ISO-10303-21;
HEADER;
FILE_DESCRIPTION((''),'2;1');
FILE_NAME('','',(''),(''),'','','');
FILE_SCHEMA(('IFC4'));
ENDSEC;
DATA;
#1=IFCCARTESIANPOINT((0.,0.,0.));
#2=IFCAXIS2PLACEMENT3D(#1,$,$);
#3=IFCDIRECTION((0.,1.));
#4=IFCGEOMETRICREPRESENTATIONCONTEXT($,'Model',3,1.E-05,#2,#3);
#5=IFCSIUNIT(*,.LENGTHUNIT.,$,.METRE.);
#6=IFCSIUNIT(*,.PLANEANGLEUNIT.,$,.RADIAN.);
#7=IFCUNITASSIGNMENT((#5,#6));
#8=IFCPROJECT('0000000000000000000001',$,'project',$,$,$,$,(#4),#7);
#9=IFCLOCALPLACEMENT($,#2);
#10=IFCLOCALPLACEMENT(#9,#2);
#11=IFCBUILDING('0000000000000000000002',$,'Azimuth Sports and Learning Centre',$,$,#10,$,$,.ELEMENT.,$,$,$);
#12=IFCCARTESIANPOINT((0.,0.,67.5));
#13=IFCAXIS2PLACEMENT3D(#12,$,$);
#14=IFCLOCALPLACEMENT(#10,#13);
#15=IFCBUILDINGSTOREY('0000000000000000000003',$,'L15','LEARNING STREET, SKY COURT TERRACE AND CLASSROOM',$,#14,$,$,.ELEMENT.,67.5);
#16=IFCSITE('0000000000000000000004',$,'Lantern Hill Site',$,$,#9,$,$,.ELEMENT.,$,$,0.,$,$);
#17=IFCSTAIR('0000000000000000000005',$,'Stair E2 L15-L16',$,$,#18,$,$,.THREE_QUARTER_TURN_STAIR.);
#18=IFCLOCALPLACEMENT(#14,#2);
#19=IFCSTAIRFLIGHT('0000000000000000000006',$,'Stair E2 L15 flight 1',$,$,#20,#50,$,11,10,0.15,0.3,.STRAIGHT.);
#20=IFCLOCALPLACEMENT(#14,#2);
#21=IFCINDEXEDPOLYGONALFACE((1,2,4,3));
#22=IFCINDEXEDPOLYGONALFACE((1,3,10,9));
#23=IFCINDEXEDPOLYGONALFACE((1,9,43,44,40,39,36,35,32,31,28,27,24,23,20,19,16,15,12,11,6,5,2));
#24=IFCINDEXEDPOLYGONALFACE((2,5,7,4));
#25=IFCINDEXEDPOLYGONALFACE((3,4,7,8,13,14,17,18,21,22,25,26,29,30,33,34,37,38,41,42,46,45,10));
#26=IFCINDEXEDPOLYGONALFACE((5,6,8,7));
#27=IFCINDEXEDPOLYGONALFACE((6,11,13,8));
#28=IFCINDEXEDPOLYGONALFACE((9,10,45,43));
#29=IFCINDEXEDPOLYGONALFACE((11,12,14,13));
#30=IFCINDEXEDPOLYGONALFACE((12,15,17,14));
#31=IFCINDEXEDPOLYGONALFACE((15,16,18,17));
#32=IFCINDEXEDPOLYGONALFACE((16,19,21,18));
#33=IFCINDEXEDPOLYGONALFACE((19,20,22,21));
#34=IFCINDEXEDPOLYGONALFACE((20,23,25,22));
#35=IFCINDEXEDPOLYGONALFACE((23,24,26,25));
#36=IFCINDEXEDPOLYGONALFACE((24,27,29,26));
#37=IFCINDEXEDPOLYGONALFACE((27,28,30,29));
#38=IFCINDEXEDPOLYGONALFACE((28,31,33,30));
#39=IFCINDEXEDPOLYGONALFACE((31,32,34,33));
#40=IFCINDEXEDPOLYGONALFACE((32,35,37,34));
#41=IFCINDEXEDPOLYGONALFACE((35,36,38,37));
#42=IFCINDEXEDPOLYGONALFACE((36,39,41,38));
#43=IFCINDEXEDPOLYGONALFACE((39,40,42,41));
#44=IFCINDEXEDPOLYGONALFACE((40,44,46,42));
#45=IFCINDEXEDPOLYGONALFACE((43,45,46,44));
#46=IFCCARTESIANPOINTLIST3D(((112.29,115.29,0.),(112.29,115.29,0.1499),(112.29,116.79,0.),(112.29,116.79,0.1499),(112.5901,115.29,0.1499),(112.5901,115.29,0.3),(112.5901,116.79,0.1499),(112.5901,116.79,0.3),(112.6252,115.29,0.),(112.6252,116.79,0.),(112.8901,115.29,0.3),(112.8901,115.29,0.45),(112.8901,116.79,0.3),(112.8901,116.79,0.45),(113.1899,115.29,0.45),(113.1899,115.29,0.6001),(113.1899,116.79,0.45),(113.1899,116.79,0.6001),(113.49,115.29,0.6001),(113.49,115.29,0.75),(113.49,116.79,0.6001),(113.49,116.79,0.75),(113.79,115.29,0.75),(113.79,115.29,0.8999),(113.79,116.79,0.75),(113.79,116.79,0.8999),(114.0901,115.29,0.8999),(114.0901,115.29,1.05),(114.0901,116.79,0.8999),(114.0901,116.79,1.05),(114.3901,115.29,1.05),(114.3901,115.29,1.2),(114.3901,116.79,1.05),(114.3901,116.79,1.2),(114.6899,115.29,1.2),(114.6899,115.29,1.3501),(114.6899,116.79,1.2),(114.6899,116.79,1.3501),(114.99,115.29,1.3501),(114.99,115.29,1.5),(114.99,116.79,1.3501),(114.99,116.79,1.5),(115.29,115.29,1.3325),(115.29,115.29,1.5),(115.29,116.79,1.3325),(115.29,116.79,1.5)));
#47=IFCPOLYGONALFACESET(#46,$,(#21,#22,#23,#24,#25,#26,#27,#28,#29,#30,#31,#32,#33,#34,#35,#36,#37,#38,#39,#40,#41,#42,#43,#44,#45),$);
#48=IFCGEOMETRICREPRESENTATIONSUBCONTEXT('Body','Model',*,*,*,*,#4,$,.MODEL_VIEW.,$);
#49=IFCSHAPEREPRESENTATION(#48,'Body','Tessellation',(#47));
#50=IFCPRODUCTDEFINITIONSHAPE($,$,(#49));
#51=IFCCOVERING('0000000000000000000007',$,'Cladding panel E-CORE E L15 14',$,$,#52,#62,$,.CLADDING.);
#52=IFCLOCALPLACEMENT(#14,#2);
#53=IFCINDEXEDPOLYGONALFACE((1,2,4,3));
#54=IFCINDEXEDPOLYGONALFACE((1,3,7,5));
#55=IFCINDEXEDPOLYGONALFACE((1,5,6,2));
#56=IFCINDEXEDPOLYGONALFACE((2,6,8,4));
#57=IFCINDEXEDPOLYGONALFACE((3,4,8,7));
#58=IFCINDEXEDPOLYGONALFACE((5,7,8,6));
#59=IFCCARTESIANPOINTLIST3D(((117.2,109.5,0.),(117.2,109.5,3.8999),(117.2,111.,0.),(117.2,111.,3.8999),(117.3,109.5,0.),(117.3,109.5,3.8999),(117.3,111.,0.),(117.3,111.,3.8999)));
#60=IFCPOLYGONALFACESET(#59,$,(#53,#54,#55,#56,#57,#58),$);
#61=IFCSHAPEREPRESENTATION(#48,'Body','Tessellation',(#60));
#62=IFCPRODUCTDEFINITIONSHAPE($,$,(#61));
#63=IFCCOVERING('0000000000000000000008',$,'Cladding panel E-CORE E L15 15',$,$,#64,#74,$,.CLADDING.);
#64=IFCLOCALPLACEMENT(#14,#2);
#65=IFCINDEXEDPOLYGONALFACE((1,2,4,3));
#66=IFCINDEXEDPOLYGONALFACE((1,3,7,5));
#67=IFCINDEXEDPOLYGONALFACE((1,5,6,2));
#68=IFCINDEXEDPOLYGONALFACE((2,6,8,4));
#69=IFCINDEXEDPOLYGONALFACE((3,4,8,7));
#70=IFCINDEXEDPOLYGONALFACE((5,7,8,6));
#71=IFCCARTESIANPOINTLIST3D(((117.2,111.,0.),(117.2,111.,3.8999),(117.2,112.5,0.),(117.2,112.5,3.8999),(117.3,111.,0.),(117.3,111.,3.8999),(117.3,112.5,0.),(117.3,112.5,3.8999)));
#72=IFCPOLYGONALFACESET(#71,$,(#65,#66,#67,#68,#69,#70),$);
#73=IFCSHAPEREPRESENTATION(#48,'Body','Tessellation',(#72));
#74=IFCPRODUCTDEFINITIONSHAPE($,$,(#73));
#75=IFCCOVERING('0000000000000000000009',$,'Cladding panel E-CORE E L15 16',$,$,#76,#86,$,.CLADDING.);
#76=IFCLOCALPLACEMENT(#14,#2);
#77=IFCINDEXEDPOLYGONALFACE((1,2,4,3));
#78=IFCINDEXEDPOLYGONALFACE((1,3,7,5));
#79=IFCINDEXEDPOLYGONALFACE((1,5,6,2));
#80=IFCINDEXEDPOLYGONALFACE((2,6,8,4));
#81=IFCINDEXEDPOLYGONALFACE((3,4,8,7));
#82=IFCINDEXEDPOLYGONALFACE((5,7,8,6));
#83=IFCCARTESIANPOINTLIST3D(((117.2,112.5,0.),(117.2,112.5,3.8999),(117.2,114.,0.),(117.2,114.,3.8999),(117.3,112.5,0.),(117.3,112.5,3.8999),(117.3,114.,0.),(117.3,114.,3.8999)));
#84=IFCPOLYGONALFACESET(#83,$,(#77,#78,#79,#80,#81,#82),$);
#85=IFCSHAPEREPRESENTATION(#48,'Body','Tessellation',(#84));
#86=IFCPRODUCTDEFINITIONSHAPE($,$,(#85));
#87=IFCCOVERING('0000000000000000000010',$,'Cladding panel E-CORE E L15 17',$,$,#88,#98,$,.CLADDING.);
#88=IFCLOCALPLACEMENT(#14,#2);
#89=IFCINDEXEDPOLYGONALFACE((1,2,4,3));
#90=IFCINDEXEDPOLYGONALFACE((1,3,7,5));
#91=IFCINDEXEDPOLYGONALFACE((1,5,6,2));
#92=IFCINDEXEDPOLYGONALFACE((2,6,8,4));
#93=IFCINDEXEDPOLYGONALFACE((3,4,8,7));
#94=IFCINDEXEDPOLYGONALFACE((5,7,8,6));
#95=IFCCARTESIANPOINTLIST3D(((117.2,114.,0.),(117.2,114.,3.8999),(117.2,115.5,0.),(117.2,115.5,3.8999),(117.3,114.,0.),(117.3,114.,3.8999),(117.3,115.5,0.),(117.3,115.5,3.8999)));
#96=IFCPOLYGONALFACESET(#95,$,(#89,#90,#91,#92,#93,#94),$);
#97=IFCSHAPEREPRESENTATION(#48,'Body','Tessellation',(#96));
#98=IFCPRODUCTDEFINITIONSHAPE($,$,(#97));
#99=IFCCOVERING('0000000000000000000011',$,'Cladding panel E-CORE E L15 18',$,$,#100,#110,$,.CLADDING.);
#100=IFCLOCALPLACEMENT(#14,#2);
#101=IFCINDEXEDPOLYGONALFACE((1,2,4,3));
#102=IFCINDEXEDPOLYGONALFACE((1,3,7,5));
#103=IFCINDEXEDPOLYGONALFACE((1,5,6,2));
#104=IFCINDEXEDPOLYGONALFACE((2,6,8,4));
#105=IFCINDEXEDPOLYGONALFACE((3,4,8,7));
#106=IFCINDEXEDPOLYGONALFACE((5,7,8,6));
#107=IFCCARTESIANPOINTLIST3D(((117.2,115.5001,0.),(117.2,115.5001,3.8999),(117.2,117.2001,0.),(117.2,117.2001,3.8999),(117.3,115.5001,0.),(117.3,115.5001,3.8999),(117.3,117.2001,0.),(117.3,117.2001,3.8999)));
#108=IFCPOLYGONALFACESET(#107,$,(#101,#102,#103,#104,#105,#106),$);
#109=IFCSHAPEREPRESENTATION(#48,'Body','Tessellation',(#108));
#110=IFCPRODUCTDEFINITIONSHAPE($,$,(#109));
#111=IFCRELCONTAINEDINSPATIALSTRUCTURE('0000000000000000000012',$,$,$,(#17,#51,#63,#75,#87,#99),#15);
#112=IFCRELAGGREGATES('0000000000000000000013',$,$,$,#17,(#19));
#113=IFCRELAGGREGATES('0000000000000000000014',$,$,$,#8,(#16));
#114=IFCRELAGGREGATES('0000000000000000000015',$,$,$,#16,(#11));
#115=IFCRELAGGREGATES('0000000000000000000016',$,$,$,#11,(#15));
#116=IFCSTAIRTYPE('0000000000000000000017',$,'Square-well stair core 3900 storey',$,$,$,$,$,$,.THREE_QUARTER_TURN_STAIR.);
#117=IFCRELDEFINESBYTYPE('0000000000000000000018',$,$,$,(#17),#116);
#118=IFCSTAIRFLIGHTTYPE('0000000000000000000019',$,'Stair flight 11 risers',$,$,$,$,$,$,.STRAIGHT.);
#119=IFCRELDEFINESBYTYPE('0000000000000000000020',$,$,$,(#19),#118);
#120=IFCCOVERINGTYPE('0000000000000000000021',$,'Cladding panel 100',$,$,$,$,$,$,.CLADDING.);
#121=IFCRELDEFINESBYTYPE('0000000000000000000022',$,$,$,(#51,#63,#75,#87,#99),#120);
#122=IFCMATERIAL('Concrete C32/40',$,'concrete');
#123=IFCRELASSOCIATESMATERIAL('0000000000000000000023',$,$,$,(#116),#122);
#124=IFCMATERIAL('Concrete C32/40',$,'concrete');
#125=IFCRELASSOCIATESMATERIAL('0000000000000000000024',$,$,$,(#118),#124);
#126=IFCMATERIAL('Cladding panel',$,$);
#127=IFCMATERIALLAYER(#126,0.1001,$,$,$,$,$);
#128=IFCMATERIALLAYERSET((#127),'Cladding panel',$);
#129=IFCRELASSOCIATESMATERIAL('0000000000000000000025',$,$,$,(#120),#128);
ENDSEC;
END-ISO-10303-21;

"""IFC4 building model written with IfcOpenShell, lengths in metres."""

from ifc_helpers import new_model, si_unit, direction, frame, origin, origin_2d, place, context, subcontext, project, spatial, polyline, rectangle, outline, extrude, material, layer, layer_set, type_object, element, aggregate, save


model = new_model("IFC4")

# Units and contexts
model_context = context("Model", 3, precision=1e-05, world=origin(), true_north=direction((0.0, 1.0)))
body_context = subcontext(model_context, "Body", "Model", "MODEL_VIEW")
ifc_project = project(units=[si_unit("LENGTHUNIT", "METRE"), si_unit("PLANEANGLEUNIT", "RADIAN")], contexts=[model_context])

# Site, building, storey
site_placement = place(None, origin())
site = spatial("IfcSite", under=ifc_project, at=site_placement, Name="Lantern Hill Site", CompositionType="ELEMENT", RefElevation=0.0)
building_placement = place(site_placement, origin())
building = spatial("IfcBuilding", under=site, at=building_placement, Name="Azimuth Sports and Learning Centre", CompositionType="ELEMENT")
storey_placement = place(building_placement, frame((0.0, 0.0, 67.5)))
storey = spatial("IfcBuildingStorey", under=building, at=storey_placement, Name="L15", Description="LEARNING STREET, SKY COURT TERRACE AND CLASSROOM", CompositionType="ELEMENT", Elevation=67.5)

# Stair, stair flight
ifc_material_1 = material(Name="Concrete C32/40", Category="concrete")
stair_type = type_object("IfcStairType", Name="Square-well stair core 3900 storey", PredefinedType="THREE_QUARTER_TURN_STAIR", material=ifc_material_1)
stair_placement = place(storey_placement, origin())
stair = element("IfcStair", 1, at=stair_placement, inside=storey, type_object=stair_type, Name="Stair E2 L15-L16", PredefinedType="THREE_QUARTER_TURN_STAIR")
ifc_material_2 = material(Name="Concrete C32/40", Category="concrete")
stair_flight_type = type_object("IfcStairFlightType", Name="Stair flight 11 risers", PredefinedType="STRAIGHT", material=ifc_material_2)
stair_flight_placement = place(storey_placement, frame((112.29, 116.04, 0.0), z_axis=(0.0, 0.0, 1.0), x_axis=(1.0, 0.0, 0.0)))
stair_flight = element("IfcStairFlight", 2, at=stair_flight_placement, type_object=stair_flight_type, Name="Stair E2 L15 flight 1", NumberOfRisers=11, NumberOfTreads=10, PredefinedType="STRAIGHT", RiserHeight=0.15, TreadLength=0.3, context=body_context, shape_type="SweptSolid", body=[
    extrude(outline(polyline([(0.0, 0.0), (0.0, 0.1499), (0.3, 0.1499), (0.3, 0.3), (0.6001, 0.3), (0.6001, 0.45), (0.8999, 0.45), (0.8999, 0.6001), (1.2, 0.6001), (1.2, 0.75), (1.5, 0.75), (1.5, 0.8999), (1.8, 0.8999), (1.8, 1.05), (2.1001, 1.05), (2.1001, 1.2), (2.3999, 1.2), (2.3999, 1.3501), (2.7, 1.3501), (2.7, 1.5), (3.0, 1.5), (3.0, 1.6499), (3.0, 1.3325), (0.3352, 0.0), (0.0, 0.0)])), frame((0.0, 0.75, 0.0), z_axis=(0.0, -1.0, 0.0), x_axis=(1.0, 0.0, 0.0)), (0.0, 0.0, 1.0), 1.5),
])
aggregate(stair, [stair_flight])

# Coverings
ifc_material_3 = material(Name="Cladding panel")
ifc_layer_1 = layer(ifc_material_3, 0.1001)
ifc_layer_set_1 = layer_set([ifc_layer_1], Name="Cladding panel")
covering_type = type_object("IfcCoveringType", Name="Cladding panel 100", PredefinedType="CLADDING", material=ifc_layer_set_1)
for number, where, z_axis, x_axis, name in (
    (3, (117.25, 110.25, 0.0), (0.0, 0.0, 1.0), (0.0, 1.0, 0.0), "Cladding panel E-CORE E L15 14"),
    (4, (117.25, 111.75, 0.0), (0.0, 0.0, 1.0), (0.0, 1.0, 0.0), "Cladding panel E-CORE E L15 15"),
    (5, (117.25, 113.25, 0.0), (0.0, 0.0, 1.0), (0.0, 1.0, 0.0), "Cladding panel E-CORE E L15 16"),
    (6, (117.25, 114.75, 0.0), (0.0, 0.0, 1.0), (0.0, 1.0, 0.0), "Cladding panel E-CORE E L15 17"),
):
    element("IfcCovering", number, at=place(storey_placement, frame(where, z_axis=z_axis, x_axis=x_axis)), inside=storey, type_object=covering_type, Name=name, PredefinedType="CLADDING", context=body_context, shape_type="SweptSolid", body=[
        extrude(rectangle(XDim=1.5, YDim=0.1001, at=origin_2d()), origin(), (0.0, 0.0, 1.0), 3.8999),
    ])
covering_placement = place(storey_placement, frame((117.25, 116.3501, 0.0), z_axis=(0.0, 0.0, 1.0), x_axis=(0.0, 1.0, 0.0)))
element("IfcCovering", 7, at=covering_placement, inside=storey, type_object=covering_type, Name="Cladding panel E-CORE E L15 18", PredefinedType="CLADDING", context=body_context, shape_type="SweptSolid", body=[
    extrude(rectangle(XDim=1.7, YDim=0.1001, at=origin_2d()), origin(), (0.0, 0.0, 1.0), 3.8999),
])

save(model, "model.ifc")
